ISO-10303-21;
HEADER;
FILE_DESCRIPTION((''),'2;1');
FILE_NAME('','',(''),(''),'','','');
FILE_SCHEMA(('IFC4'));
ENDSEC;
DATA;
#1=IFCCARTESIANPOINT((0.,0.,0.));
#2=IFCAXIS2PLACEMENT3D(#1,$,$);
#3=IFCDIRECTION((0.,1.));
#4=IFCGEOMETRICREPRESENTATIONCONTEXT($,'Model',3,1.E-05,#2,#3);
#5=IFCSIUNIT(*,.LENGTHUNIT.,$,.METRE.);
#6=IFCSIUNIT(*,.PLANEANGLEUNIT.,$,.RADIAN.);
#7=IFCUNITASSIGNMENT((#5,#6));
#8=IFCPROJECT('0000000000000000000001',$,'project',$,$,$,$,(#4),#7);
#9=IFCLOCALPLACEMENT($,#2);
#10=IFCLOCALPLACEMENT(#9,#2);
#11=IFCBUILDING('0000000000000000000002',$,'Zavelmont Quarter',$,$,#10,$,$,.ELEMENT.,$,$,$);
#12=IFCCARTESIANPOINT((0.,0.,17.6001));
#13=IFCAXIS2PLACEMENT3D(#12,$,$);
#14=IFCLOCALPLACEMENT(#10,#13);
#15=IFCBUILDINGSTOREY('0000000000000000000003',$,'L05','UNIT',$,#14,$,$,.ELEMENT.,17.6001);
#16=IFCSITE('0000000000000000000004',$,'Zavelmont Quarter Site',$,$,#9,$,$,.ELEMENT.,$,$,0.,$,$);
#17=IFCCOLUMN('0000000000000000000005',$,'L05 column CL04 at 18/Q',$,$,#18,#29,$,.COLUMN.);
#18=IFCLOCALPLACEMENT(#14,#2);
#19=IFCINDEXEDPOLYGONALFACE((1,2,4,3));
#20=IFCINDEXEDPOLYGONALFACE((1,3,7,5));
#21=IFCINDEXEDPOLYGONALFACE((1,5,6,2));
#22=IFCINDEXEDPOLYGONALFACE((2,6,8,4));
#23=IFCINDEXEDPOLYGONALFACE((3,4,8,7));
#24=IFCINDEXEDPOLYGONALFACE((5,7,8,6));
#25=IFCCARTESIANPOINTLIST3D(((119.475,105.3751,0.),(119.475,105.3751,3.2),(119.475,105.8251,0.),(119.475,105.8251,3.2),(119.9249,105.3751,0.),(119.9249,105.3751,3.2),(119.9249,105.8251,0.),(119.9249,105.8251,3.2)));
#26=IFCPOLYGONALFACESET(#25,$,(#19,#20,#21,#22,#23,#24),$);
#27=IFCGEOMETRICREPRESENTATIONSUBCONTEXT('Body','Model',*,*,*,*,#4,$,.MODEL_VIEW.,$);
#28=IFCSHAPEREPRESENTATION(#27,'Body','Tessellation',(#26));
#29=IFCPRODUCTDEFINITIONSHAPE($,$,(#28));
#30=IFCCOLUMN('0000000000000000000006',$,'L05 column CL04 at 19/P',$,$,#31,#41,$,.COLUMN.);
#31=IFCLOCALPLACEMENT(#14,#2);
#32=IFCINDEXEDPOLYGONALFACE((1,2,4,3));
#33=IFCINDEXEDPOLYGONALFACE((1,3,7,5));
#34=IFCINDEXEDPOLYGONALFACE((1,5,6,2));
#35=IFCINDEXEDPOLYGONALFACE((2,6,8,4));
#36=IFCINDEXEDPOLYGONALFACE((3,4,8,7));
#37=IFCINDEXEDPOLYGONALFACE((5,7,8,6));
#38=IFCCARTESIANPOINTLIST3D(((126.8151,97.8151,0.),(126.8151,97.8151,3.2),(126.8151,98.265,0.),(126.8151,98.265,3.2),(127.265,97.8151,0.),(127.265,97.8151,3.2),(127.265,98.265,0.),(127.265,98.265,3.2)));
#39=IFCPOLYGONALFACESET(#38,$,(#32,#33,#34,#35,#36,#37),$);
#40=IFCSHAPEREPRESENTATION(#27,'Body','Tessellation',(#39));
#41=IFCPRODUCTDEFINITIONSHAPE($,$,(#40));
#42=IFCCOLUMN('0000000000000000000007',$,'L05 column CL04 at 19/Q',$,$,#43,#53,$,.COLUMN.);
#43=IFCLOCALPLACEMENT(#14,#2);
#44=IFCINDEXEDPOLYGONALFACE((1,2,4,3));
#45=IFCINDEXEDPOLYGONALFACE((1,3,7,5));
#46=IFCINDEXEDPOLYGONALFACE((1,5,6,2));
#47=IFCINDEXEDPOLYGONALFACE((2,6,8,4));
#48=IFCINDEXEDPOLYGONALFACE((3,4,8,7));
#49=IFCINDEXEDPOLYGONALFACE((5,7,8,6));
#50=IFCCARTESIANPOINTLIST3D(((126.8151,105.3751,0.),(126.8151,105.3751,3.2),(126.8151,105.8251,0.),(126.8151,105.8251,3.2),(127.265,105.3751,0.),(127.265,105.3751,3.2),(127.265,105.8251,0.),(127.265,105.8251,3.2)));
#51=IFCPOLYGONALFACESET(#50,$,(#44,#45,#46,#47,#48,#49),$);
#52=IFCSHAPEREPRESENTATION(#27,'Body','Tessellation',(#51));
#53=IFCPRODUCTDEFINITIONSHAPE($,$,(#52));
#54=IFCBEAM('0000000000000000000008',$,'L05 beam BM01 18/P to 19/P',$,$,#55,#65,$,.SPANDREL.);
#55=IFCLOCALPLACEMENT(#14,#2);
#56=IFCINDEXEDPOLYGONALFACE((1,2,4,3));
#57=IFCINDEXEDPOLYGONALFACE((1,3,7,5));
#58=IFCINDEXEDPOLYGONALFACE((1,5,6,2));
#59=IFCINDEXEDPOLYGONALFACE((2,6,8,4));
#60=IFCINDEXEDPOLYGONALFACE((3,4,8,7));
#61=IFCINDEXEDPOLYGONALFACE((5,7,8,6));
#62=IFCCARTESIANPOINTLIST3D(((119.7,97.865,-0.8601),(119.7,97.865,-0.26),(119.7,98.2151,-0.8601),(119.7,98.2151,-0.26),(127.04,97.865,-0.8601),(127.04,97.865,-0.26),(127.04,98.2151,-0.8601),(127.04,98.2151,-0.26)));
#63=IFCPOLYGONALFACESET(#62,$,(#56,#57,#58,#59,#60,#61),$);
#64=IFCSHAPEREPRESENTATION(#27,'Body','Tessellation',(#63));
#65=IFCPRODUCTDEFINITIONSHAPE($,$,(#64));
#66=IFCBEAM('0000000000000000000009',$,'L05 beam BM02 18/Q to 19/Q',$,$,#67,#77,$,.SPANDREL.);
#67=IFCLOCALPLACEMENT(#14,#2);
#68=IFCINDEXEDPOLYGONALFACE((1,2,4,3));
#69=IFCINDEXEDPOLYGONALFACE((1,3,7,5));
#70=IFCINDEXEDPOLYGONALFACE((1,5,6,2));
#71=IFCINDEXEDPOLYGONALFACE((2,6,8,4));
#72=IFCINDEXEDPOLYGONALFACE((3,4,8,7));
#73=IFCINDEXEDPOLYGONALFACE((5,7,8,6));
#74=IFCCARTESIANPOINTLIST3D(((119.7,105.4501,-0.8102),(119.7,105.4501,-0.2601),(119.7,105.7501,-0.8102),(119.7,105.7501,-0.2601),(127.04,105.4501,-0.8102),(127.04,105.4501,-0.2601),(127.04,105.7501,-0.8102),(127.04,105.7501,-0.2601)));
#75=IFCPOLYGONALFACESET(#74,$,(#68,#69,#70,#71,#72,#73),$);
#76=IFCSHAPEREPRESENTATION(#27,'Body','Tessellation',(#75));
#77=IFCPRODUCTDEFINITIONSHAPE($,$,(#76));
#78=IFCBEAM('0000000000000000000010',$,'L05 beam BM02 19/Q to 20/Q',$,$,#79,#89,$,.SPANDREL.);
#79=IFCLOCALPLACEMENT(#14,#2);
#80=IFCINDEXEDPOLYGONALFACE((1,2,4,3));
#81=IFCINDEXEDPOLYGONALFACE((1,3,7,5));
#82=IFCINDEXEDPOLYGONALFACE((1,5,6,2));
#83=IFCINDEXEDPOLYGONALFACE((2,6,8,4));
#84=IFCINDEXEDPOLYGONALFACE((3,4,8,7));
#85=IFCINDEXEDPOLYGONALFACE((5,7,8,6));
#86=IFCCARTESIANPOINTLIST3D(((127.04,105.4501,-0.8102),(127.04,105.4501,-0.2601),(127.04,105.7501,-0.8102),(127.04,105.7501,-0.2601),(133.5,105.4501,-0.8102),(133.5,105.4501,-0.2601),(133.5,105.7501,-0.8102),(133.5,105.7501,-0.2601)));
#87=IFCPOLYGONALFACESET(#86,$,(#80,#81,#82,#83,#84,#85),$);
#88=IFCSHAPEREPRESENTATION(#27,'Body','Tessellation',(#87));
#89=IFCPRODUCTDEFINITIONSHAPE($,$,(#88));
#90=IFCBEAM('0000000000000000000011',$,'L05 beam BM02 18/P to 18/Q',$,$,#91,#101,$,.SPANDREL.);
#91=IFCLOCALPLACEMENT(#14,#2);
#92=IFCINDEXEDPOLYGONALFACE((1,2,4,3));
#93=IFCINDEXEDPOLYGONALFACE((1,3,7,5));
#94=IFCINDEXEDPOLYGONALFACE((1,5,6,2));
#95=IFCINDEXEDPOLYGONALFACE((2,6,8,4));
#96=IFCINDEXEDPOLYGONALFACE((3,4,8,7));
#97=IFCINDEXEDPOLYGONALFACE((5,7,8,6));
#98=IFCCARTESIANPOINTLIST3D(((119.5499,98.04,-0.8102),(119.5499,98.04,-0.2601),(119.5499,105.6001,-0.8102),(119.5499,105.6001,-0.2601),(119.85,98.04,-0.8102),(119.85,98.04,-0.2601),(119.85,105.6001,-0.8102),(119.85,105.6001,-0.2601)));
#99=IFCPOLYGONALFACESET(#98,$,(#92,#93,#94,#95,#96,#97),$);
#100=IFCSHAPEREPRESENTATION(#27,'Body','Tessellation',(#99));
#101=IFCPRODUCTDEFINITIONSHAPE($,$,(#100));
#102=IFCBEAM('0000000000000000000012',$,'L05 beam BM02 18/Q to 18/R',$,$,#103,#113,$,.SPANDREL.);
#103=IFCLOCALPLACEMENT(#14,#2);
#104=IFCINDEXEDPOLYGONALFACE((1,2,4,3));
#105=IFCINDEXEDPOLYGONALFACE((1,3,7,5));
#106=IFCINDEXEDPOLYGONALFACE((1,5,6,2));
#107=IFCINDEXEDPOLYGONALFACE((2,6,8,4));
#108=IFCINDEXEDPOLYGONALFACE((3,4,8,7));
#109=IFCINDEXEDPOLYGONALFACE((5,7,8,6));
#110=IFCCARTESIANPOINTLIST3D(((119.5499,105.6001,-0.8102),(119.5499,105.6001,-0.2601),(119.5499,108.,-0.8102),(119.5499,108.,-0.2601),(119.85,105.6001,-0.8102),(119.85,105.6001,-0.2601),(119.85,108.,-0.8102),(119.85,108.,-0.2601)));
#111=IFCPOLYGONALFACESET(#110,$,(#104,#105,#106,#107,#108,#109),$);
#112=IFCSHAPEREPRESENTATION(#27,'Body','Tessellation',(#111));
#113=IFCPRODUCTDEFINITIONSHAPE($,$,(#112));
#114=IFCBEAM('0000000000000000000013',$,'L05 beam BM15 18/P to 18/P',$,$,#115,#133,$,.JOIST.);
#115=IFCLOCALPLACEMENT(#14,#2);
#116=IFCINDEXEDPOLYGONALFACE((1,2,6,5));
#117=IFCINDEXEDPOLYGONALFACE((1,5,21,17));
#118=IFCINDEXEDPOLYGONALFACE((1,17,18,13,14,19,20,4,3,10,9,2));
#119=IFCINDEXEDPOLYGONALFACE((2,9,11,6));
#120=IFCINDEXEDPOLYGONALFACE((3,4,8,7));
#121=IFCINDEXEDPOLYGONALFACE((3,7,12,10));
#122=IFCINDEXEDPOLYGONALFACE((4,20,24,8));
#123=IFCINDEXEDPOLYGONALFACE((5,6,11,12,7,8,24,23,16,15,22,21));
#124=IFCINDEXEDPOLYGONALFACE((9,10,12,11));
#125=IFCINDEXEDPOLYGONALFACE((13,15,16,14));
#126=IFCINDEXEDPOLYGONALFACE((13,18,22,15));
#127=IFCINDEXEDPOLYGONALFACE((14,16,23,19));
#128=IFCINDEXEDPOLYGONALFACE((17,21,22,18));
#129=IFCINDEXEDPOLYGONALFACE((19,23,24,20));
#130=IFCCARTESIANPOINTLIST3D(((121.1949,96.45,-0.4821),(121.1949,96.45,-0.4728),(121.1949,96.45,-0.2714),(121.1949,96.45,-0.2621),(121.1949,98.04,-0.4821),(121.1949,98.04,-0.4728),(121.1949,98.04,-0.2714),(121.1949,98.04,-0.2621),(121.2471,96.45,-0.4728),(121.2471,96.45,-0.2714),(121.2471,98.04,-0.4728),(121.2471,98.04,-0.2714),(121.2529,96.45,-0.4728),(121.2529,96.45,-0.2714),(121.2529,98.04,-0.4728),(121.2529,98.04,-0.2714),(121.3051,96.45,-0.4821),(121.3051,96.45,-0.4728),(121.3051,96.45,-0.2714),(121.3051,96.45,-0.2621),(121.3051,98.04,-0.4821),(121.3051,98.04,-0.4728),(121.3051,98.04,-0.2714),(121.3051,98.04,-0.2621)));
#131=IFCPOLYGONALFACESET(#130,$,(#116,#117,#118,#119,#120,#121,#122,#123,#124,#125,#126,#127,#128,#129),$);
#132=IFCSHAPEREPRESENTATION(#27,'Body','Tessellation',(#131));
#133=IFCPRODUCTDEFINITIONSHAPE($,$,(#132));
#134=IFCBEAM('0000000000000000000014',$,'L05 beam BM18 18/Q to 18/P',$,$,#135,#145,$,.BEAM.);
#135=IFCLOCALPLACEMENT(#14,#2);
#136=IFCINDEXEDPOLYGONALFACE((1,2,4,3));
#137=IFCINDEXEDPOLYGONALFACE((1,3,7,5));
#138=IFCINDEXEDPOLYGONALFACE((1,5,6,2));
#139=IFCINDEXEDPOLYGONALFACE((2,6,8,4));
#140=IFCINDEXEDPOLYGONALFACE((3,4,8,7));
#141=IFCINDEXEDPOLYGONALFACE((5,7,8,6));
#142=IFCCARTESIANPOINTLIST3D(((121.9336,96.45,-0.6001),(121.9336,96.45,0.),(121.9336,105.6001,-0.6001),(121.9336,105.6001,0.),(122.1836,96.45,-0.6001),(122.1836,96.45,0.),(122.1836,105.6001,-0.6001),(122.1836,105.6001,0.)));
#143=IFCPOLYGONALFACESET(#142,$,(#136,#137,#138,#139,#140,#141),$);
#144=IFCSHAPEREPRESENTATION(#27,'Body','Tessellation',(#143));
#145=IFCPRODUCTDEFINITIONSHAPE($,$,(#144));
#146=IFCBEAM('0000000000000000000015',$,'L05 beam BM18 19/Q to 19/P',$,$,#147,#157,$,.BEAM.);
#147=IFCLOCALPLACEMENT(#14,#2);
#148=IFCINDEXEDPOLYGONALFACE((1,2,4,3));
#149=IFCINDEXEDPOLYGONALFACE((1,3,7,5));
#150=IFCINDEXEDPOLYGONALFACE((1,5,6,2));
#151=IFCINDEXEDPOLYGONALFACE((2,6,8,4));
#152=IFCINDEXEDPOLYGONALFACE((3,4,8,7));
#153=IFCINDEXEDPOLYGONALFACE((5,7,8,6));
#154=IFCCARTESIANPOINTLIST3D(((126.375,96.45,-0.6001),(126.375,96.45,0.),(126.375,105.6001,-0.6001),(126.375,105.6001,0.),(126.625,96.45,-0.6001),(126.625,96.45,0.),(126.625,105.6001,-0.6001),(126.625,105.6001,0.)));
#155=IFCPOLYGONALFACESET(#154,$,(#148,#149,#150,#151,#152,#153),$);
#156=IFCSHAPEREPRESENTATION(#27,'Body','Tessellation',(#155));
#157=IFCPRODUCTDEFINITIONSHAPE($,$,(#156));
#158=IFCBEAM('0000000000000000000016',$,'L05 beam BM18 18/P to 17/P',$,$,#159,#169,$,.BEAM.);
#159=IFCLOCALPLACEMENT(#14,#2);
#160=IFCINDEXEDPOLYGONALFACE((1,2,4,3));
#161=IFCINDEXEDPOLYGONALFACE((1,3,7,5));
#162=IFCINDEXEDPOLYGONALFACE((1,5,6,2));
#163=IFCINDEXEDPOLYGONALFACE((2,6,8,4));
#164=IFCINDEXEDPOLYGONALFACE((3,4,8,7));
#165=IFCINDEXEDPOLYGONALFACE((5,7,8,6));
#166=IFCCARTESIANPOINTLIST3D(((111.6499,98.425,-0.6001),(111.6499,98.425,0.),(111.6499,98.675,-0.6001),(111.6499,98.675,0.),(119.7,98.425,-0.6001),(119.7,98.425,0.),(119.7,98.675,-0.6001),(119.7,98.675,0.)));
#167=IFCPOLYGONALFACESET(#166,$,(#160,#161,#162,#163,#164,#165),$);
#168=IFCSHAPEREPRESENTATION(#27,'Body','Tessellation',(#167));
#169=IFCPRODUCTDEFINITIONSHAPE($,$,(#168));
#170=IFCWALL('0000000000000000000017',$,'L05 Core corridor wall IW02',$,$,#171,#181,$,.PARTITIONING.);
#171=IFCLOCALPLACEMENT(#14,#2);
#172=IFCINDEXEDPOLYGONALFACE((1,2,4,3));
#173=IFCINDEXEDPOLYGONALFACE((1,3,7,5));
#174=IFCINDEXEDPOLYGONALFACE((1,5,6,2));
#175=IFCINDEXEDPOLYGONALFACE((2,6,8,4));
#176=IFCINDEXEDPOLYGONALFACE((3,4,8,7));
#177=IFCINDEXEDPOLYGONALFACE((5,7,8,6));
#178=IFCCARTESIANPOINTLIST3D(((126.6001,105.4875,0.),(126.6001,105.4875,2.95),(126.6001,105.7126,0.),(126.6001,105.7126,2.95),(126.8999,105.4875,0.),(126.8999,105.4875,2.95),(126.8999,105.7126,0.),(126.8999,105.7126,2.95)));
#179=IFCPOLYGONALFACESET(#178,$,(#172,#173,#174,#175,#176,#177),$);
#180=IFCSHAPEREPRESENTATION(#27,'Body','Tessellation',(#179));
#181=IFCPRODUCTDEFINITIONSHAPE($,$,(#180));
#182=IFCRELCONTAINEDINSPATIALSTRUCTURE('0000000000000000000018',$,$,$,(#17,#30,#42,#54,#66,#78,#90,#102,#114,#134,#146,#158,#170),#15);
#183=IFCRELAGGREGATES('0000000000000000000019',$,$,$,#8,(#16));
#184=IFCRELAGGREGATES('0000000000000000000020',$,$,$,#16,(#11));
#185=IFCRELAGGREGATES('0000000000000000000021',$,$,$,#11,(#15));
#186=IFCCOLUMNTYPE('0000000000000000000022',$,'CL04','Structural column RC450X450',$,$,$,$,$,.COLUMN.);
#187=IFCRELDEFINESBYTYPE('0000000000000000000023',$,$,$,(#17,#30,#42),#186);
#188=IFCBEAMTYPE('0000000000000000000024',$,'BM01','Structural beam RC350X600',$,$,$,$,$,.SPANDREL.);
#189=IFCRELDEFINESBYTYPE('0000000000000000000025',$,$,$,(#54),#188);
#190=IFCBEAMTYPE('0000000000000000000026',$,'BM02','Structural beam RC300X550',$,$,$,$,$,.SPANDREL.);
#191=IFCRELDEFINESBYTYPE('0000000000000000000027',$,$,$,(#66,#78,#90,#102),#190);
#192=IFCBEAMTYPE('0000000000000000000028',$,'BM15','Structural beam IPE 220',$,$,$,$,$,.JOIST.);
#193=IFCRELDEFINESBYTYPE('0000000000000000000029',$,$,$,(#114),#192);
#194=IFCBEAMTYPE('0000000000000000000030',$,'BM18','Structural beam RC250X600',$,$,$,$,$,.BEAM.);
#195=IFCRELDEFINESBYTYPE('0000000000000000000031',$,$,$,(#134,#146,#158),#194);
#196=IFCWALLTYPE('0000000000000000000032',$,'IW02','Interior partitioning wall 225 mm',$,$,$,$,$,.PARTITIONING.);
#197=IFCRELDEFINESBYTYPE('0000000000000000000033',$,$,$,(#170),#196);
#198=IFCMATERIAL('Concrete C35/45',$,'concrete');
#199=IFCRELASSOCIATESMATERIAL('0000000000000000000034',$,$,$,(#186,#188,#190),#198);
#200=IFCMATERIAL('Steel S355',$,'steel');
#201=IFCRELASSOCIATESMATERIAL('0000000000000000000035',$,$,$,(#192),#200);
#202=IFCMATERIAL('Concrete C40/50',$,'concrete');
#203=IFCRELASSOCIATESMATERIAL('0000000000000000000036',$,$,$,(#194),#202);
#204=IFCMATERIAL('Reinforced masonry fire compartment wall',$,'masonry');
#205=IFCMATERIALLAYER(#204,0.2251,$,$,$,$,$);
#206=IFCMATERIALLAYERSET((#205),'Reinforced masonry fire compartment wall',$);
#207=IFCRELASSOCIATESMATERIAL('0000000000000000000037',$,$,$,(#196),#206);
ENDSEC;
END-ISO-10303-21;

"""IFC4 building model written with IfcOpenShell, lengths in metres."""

from ifc_helpers import new_model, si_unit, direction, frame, frame_2d, origin, origin_2d, place, context, subcontext, project, spatial, rectangle, i_section, extrude, material, layer, layer_set, material_profile, profile_set, type_object, element, save


model = new_model("IFC4")

# Units and contexts
model_context = context("Model", 3, precision=1e-05, world=origin(), true_north=direction((0.0, 1.0)))
body_context = subcontext(model_context, "Body", "Model", "MODEL_VIEW")
ifc_project = project(units=[si_unit("LENGTHUNIT", "METRE"), si_unit("PLANEANGLEUNIT", "RADIAN")], contexts=[model_context])

# Site, building, storey
site_placement = place(None, origin())
site = spatial("IfcSite", under=ifc_project, at=site_placement, Name="Zavelmont Quarter Site", CompositionType="ELEMENT", RefElevation=0.0)
building_placement = place(site_placement, origin())
building = spatial("IfcBuilding", under=site, at=building_placement, Name="Zavelmont Quarter", CompositionType="ELEMENT")
storey_placement = place(building_placement, frame((0.0, 0.0, 17.6001)))
storey = spatial("IfcBuildingStorey", under=building, at=storey_placement, Name="L05", Description="UNIT", CompositionType="ELEMENT", Elevation=17.6001)

# Columns
ifc_material_1 = material(Name="Concrete C35/45", Category="concrete")
ifc_material_profile_1 = material_profile(ifc_material_1, rectangle(XDim=0.45, YDim=0.45, at=origin_2d()), Name="RC450X450")
ifc_profile_set_1 = profile_set([ifc_material_profile_1], Name="Concrete C35/45")
column_type = type_object("IfcColumnType", Name="CL04", Description="Structural column RC450X450", PredefinedType="COLUMN", material=ifc_profile_set_1)
for number, where, z_axis, x_axis, name in (
    (1, (119.7, 105.6001, 0.0), (0.0, 0.0, 1.0), (1.0, 0.0, 0.0), "L05 column CL04 at 18/Q"),
    (2, (127.04, 98.04, 0.0), (0.0, 0.0, 1.0), (1.0, 0.0, 0.0), "L05 column CL04 at 19/P"),
    (3, (127.04, 105.6001, 0.0), (0.0, 0.0, 1.0), (1.0, 0.0, 0.0), "L05 column CL04 at 19/Q"),
):
    element("IfcColumn", number, at=place(storey_placement, frame(where, z_axis=z_axis, x_axis=x_axis)), inside=storey, type_object=column_type, Name=name, PredefinedType="COLUMN", context=body_context, shape_type="SweptSolid", body=[
        extrude(rectangle(XDim=0.45, YDim=0.45, at=origin_2d()), origin(), (0.0, 0.0, 1.0), 3.2),
    ])

# Beams
ifc_material_profile_2 = material_profile(ifc_material_1, rectangle(XDim=0.3501, YDim=0.6001, at=origin_2d()), Name="RC350X600")
ifc_profile_set_2 = profile_set([ifc_material_profile_2], Name="Concrete C35/45")
beam_type_1 = type_object("IfcBeamType", Name="BM01", Description="Structural beam RC350X600", PredefinedType="SPANDREL", material=ifc_profile_set_2)
beam_1_placement = place(storey_placement, frame((119.7, 98.04, -0.5601), z_axis=(1.0, 0.0, 0.0), x_axis=(0.0, 1.0, 0.0)))
element("IfcBeam", 4, at=beam_1_placement, inside=storey, type_object=beam_type_1, Name="L05 beam BM01 18/P to 19/P", PredefinedType="SPANDREL", context=body_context, shape_type="SweptSolid", body=[
    extrude(rectangle(XDim=0.3501, YDim=0.6001, at=origin_2d()), origin(), (0.0, 0.0, 1.0), 7.3401),
])
ifc_material_profile_3 = material_profile(ifc_material_1, rectangle(XDim=0.3, YDim=0.55, at=origin_2d()), Name="RC300X550")
ifc_profile_set_3 = profile_set([ifc_material_profile_3], Name="Concrete C35/45")
beam_type_2 = type_object("IfcBeamType", Name="BM02", Description="Structural beam RC300X550", PredefinedType="SPANDREL", material=ifc_profile_set_3)
beam_2_placement = place(storey_placement, frame((119.7, 105.6001, -0.5352), z_axis=(1.0, 0.0, 0.0), x_axis=(0.0, 1.0, 0.0)))
element("IfcBeam", 5, at=beam_2_placement, inside=storey, type_object=beam_type_2, Name="L05 beam BM02 18/Q to 19/Q", PredefinedType="SPANDREL", context=body_context, shape_type="SweptSolid", body=[
    extrude(rectangle(XDim=0.3, YDim=0.55, at=origin_2d()), origin(), (0.0, 0.0, 1.0), 7.3401),
])
beam_3_placement = place(storey_placement, frame((127.04, 105.6001, -0.5352), z_axis=(1.0, 0.0, 0.0), x_axis=(0.0, 1.0, 0.0)))
element("IfcBeam", 6, at=beam_3_placement, inside=storey, type_object=beam_type_2, Name="L05 beam BM02 19/Q to 20/Q", PredefinedType="SPANDREL", context=body_context, shape_type="SweptSolid", body=[
    extrude(rectangle(XDim=0.3, YDim=0.55, at=origin_2d()), origin(), (0.0, 0.0, 1.0), 6.46),
])
beam_4_placement = place(storey_placement, frame((119.7, 98.04, -0.5352), z_axis=(0.0, 1.0, 0.0), x_axis=(-1.0, 0.0, 0.0)))
element("IfcBeam", 7, at=beam_4_placement, inside=storey, type_object=beam_type_2, Name="L05 beam BM02 18/P to 18/Q", PredefinedType="SPANDREL", context=body_context, shape_type="SweptSolid", body=[
    extrude(rectangle(XDim=0.3, YDim=0.55, at=origin_2d()), origin(), (0.0, 0.0, 1.0), 7.5601),
])
beam_5_placement = place(storey_placement, frame((119.7, 105.6001, -0.5352), z_axis=(0.0, 1.0, 0.0), x_axis=(-1.0, 0.0, 0.0)))
element("IfcBeam", 8, at=beam_5_placement, inside=storey, type_object=beam_type_2, Name="L05 beam BM02 18/Q to 18/R", PredefinedType="SPANDREL", context=body_context, shape_type="SweptSolid", body=[
    extrude(rectangle(XDim=0.3, YDim=0.55, at=origin_2d()), origin(), (0.0, 0.0, 1.0), 2.3999),
])
ifc_material_2 = material(Name="Steel S355", Category="steel")
ifc_material_profile_4 = material_profile(ifc_material_2, i_section(OverallWidth=0.1101, OverallDepth=0.22, WebThickness=0.0059, FlangeThickness=0.0093, at=origin_2d()), Name="IPE 220")
ifc_profile_set_4 = profile_set([ifc_material_profile_4], Name="Steel S355")
beam_type_3 = type_object("IfcBeamType", Name="BM15", Description="Structural beam IPE 220", PredefinedType="JOIST", material=ifc_profile_set_4)
beam_6_placement = place(storey_placement, frame((121.25, 98.04, -0.3721), z_axis=(0.0, -1.0, 0.0), x_axis=(1.0, 0.0, 0.0)))
element("IfcBeam", 9, at=beam_6_placement, inside=storey, type_object=beam_type_3, Name="L05 beam BM15 18/P to 18/P", PredefinedType="JOIST", context=body_context, shape_type="SweptSolid", body=[
    extrude(i_section(OverallWidth=0.1101, OverallDepth=0.22, WebThickness=0.0059, FlangeThickness=0.0093, at=origin_2d()), origin(), (0.0, 0.0, 1.0), 1.5901),
])
ifc_material_3 = material(Name="Concrete C40/50", Category="concrete")
ifc_material_profile_5 = material_profile(ifc_material_3, rectangle(XDim=0.25, YDim=0.6001, at=origin_2d()), Name="RC250X600")
ifc_profile_set_5 = profile_set([ifc_material_profile_5], Name="Concrete C40/50")
beam_type_4 = type_object("IfcBeamType", Name="BM18", Description="Structural beam RC250X600", PredefinedType="BEAM", material=ifc_profile_set_5)
for number, where, z_axis, x_axis, name in (
    (10, (122.0586, 105.6001, -0.3), (0.0, -1.0, 0.0), (1.0, 0.0, 0.0), "L05 beam BM18 18/Q to 18/P"),
    (11, (126.5, 105.6001, -0.3), (0.0, -1.0, 0.0), (1.0, 0.0, 0.0), "L05 beam BM18 19/Q to 19/P"),
):
    element("IfcBeam", number, at=place(storey_placement, frame(where, z_axis=z_axis, x_axis=x_axis)), inside=storey, type_object=beam_type_4, Name=name, PredefinedType="BEAM", context=body_context, shape_type="SweptSolid", body=[
        extrude(rectangle(XDim=0.25, YDim=0.6001, at=origin_2d()), origin(), (0.0, 0.0, 1.0), 9.1501),
    ])
beam_7_placement = place(storey_placement, frame((119.7, 98.55, -0.3), z_axis=(-1.0, 0.0, 0.0), x_axis=(0.0, -1.0, 0.0)))
element("IfcBeam", 12, at=beam_7_placement, inside=storey, type_object=beam_type_4, Name="L05 beam BM18 18/P to 17/P", PredefinedType="BEAM", context=body_context, shape_type="SweptSolid", body=[
    extrude(rectangle(XDim=0.25, YDim=0.6001, at=origin_2d()), origin(), (0.0, 0.0, 1.0), 8.05),
])

# Wall
ifc_material_4 = material(Name="Reinforced masonry fire compartment wall", Category="masonry")
ifc_layer_1 = layer(ifc_material_4, 0.2251)
ifc_layer_set_1 = layer_set([ifc_layer_1], Name="Reinforced masonry fire compartment wall")
wall_type_1 = type_object("IfcWallType", Name="IW02", Description="Interior partitioning wall 225 mm", PredefinedType="PARTITIONING", material=ifc_layer_set_1)
wall_1_placement = place(storey_placement, frame((126.6001, 105.6001, 0.0), z_axis=(0.0, 0.0, 1.0), x_axis=(1.0, 0.0, 0.0)))
element("IfcWall", 13, at=wall_1_placement, inside=storey, type_object=wall_type_1, Name="L05 Core corridor wall IW02", PredefinedType="PARTITIONING", context=body_context, shape_type="SweptSolid", body=[
    extrude(rectangle(XDim=0.2998, YDim=0.2251, at=frame_2d((0.1499, 0.0))), origin(), (0.0, 0.0, 1.0), 2.95),
])

save(model, "model.ifc")
